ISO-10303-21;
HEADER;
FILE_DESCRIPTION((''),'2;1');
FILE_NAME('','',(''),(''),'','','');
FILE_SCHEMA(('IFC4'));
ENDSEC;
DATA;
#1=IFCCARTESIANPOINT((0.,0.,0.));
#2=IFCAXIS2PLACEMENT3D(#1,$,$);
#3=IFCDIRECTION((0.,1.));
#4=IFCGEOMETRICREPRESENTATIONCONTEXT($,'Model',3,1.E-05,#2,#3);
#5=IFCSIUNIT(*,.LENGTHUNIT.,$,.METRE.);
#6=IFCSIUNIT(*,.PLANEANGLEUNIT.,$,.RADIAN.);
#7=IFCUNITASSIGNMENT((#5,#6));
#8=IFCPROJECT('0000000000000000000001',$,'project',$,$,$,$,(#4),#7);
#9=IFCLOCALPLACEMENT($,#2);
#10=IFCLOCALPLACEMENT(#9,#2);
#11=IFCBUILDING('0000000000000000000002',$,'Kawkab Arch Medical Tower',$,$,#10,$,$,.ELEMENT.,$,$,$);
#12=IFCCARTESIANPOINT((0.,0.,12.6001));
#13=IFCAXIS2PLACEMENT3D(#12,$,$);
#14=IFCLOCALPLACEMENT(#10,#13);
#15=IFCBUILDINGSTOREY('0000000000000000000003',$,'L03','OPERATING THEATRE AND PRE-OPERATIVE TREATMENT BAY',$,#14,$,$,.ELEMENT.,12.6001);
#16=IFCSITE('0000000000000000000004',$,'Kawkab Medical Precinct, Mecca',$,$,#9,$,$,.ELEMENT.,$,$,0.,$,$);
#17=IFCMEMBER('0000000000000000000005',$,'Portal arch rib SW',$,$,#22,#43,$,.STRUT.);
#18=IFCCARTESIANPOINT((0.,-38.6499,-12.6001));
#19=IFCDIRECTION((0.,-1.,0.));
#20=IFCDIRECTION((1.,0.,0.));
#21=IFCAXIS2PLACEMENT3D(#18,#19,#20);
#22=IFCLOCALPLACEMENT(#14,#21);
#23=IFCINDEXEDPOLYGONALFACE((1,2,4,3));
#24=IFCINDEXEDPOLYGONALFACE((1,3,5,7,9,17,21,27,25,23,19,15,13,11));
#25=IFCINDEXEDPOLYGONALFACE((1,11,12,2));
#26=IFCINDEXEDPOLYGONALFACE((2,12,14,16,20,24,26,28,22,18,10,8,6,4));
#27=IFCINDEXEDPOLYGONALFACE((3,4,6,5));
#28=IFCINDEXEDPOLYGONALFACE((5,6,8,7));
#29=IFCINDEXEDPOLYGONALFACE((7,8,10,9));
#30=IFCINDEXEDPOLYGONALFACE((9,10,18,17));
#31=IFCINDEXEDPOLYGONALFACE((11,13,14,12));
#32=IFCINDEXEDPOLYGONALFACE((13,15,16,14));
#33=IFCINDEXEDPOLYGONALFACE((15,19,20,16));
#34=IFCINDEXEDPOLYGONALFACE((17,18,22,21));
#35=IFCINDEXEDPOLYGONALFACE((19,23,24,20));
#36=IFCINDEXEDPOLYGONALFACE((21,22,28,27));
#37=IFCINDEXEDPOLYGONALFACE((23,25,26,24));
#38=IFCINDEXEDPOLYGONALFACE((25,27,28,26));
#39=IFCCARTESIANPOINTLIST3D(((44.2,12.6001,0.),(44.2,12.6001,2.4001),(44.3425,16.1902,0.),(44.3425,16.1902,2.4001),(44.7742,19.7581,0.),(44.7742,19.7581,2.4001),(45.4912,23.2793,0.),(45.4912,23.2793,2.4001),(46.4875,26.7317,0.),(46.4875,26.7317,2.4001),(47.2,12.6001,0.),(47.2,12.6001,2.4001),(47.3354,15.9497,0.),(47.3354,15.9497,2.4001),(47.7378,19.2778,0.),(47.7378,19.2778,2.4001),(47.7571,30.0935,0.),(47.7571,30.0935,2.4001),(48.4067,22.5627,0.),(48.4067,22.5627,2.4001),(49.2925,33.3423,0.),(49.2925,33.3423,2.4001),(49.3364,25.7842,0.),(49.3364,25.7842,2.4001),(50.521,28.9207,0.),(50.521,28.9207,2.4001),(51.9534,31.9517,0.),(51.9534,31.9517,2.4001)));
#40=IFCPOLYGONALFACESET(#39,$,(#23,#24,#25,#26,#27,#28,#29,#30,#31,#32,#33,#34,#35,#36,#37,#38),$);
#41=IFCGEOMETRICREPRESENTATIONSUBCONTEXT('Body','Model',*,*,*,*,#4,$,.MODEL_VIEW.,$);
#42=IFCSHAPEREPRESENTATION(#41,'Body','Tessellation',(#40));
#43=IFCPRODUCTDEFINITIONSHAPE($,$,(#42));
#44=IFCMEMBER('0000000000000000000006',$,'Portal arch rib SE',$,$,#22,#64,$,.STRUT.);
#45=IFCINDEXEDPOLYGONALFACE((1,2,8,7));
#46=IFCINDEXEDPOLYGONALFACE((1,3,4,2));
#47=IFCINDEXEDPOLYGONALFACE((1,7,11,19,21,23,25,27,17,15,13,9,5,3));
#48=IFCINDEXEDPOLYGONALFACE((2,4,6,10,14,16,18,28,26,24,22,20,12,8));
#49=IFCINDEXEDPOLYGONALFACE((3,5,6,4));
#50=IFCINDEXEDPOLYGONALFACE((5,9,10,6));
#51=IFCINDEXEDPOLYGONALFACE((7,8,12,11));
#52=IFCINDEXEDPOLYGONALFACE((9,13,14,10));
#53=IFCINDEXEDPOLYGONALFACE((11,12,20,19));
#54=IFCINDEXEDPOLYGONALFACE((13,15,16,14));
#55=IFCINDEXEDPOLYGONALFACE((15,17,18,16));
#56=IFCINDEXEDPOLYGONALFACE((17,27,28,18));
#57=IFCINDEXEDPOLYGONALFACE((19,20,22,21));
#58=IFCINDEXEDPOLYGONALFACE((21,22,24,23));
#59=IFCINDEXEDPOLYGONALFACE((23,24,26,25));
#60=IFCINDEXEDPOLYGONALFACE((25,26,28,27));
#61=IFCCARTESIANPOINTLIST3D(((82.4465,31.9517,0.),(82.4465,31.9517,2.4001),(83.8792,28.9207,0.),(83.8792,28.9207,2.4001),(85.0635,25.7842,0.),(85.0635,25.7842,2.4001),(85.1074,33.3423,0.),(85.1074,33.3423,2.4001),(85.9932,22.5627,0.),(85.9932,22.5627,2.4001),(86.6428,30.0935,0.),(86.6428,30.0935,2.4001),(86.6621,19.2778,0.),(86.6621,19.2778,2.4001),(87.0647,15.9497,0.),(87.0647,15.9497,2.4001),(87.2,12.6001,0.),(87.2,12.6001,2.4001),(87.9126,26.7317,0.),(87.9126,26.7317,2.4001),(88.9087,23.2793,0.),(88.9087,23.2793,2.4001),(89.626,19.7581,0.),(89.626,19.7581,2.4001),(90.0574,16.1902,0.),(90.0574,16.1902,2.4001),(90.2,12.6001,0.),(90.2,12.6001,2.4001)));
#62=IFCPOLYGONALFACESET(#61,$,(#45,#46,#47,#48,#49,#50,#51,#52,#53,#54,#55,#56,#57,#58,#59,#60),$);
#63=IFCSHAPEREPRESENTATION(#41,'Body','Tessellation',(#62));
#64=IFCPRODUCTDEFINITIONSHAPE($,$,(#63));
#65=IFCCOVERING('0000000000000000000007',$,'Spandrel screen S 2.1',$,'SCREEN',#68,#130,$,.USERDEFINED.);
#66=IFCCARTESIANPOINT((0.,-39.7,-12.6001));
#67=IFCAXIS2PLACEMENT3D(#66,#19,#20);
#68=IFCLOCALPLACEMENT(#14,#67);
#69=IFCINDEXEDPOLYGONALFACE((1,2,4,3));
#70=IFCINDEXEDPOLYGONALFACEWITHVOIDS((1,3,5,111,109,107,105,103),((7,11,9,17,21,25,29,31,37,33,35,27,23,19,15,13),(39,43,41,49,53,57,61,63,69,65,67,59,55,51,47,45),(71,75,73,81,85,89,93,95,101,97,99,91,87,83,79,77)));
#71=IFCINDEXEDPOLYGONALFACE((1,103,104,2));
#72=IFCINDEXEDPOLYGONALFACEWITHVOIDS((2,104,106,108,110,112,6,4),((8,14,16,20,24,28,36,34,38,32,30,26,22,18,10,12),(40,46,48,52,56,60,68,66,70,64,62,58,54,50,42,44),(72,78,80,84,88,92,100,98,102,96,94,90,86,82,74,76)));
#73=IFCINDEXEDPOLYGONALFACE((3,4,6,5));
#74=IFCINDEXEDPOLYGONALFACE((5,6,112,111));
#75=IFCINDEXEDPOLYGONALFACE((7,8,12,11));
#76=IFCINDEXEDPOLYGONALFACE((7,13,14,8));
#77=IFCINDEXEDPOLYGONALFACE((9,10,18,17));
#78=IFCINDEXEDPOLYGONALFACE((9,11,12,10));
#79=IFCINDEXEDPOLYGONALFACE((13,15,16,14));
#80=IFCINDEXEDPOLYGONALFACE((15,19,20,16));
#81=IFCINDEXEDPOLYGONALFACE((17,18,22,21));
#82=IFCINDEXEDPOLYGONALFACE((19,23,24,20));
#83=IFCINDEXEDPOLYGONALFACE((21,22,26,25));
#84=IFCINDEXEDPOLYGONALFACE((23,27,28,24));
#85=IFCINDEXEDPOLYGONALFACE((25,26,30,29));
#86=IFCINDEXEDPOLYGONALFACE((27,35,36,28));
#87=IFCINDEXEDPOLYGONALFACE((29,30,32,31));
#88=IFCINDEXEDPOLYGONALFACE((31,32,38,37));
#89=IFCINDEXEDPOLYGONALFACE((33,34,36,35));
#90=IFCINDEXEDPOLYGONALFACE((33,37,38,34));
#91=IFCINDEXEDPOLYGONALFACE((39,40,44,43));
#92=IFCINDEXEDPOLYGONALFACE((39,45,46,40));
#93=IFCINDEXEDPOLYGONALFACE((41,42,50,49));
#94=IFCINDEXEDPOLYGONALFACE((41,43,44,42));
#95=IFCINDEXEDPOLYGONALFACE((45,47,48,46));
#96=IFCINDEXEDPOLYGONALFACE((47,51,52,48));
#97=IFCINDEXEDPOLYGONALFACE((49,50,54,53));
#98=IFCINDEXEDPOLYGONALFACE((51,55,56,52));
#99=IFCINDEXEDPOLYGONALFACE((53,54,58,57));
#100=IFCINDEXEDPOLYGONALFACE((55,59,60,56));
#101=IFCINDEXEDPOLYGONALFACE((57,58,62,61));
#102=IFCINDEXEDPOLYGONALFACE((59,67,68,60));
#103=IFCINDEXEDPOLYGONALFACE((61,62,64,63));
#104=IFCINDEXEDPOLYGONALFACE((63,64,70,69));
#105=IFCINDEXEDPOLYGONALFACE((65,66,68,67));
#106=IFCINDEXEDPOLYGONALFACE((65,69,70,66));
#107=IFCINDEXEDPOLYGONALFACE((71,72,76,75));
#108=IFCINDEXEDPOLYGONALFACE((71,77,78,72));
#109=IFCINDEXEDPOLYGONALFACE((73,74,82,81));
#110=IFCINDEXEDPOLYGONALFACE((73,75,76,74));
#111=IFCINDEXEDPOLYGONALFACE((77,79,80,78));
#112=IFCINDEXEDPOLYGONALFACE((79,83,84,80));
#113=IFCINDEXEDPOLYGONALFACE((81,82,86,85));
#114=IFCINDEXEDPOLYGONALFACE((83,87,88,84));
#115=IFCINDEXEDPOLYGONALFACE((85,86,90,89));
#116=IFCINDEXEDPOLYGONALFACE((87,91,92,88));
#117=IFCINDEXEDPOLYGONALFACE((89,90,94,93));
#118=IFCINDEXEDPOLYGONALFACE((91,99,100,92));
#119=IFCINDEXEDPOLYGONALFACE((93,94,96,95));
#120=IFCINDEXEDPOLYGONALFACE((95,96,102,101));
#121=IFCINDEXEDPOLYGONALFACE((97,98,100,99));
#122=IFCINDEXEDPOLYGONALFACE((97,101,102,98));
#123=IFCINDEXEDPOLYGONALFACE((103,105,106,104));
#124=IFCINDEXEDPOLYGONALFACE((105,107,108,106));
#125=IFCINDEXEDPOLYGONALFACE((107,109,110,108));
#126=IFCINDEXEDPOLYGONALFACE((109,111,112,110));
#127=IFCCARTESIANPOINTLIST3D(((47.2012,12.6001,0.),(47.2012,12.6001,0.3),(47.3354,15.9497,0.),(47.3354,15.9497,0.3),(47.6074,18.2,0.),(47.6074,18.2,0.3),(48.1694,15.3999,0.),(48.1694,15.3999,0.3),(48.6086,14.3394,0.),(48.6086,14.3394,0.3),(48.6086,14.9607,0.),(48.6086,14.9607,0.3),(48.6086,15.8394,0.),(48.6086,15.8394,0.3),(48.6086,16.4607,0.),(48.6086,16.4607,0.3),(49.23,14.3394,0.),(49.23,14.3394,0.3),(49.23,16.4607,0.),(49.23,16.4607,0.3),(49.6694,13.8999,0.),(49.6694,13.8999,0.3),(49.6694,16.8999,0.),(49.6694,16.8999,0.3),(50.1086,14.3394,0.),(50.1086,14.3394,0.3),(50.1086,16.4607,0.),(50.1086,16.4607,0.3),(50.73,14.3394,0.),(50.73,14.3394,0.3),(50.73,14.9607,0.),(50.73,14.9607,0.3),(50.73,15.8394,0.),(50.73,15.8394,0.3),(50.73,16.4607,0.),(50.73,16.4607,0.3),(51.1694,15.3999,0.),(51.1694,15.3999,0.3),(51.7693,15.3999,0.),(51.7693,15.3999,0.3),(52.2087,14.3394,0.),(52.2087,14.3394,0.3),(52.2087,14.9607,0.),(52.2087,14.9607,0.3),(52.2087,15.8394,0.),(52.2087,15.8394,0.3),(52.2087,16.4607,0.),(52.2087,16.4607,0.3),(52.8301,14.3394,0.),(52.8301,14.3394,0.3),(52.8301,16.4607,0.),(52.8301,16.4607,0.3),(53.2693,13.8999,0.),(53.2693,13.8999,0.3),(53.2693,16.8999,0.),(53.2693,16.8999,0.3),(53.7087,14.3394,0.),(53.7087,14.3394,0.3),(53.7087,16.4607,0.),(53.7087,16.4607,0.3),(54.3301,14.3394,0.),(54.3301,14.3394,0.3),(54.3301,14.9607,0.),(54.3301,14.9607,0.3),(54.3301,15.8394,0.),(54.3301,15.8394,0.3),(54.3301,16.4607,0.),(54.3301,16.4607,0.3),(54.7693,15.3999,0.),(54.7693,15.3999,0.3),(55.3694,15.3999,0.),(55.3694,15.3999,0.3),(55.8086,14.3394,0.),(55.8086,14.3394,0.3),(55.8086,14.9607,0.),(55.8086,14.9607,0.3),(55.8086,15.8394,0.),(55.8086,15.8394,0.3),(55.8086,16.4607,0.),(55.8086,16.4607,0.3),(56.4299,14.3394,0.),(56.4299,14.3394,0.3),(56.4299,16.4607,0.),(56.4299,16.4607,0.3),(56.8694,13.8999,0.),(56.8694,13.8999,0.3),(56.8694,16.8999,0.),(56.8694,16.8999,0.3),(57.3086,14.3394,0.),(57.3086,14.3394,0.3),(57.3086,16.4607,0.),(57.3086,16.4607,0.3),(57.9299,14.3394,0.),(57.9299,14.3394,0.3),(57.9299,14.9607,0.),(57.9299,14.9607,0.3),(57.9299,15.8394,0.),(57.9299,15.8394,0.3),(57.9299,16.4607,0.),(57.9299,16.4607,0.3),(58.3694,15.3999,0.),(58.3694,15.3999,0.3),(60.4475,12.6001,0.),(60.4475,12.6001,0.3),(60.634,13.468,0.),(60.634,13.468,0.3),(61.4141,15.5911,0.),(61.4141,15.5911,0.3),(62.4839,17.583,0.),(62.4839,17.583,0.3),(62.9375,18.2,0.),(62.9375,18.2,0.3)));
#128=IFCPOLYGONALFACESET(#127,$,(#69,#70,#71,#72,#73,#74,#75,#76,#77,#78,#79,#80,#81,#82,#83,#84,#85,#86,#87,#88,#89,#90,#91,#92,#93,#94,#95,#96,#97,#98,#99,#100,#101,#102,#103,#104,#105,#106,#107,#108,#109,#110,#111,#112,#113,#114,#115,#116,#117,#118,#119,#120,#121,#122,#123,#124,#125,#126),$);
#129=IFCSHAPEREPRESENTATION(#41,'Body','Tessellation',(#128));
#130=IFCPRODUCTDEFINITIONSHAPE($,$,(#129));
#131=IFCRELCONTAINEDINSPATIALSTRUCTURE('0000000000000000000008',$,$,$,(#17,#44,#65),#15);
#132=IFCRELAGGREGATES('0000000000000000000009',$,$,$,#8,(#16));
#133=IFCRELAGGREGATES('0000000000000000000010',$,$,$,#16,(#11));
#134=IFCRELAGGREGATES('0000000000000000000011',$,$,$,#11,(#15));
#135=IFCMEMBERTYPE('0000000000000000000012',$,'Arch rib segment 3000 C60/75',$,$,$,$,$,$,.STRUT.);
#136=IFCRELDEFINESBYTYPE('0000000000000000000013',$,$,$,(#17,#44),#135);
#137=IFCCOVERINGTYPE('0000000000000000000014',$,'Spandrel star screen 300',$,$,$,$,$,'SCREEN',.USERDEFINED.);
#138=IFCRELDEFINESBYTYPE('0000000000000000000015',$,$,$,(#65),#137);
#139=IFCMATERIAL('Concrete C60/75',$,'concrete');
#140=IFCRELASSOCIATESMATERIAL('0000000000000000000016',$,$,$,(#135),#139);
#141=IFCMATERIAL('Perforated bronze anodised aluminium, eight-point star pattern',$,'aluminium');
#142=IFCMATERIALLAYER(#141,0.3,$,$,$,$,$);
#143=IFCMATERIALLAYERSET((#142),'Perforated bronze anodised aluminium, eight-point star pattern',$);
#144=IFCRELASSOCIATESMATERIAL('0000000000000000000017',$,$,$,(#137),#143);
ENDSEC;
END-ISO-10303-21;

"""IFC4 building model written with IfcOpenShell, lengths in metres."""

from ifc_helpers import new_model, si_unit, direction, frame, origin, place, context, subcontext, project, spatial, polyline, outline, extrude, material, layer, layer_set, type_object, element, save


model = new_model("IFC4")

# Units and contexts
model_context = context("Model", 3, precision=1e-05, world=origin(), true_north=direction((0.0, 1.0)))
body_context = subcontext(model_context, "Body", "Model", "MODEL_VIEW")
ifc_project = project(units=[si_unit("LENGTHUNIT", "METRE"), si_unit("PLANEANGLEUNIT", "RADIAN")], contexts=[model_context])

# Site, building, storey
site_placement = place(None, origin())
site = spatial("IfcSite", under=ifc_project, at=site_placement, Name="Kawkab Medical Precinct, Mecca", CompositionType="ELEMENT", RefElevation=0.0)
building_placement = place(site_placement, origin())
building = spatial("IfcBuilding", under=site, at=building_placement, Name="Kawkab Arch Medical Tower", CompositionType="ELEMENT")
storey_placement = place(building_placement, frame((0.0, 0.0, 12.6001)))
storey = spatial("IfcBuildingStorey", under=building, at=storey_placement, Name="L03", Description="OPERATING THEATRE AND PRE-OPERATIVE TREATMENT BAY", CompositionType="ELEMENT", Elevation=12.6001)

# Members
ifc_material_1 = material(Name="Concrete C60/75", Category="concrete")
member_type = type_object("IfcMemberType", Name="Arch rib segment 3000 C60/75", PredefinedType="STRUT", material=ifc_material_1)
placement_1 = place(storey_placement, frame((0.0, -38.6499, -12.6001), z_axis=(0.0, -1.0, 0.0), x_axis=(1.0, 0.0, 0.0)))
element("IfcMember", 1, at=placement_1, inside=storey, type_object=member_type, Name="Portal arch rib SW", PredefinedType="STRUT", context=body_context, shape_type="SweptSolid", body=[
    extrude(outline(polyline([(47.2, 12.6001), (47.3354, 15.9497), (47.7378, 19.2778), (48.4067, 22.5627), (49.3364, 25.7842), (50.521, 28.9207), (51.9534, 31.9517), (49.2925, 33.3423), (47.7571, 30.0935), (46.4875, 26.7317), (45.4912, 23.2793), (44.7742, 19.7581), (44.3425, 16.1902), (44.2, 12.6001), (47.2, 12.6001)])), origin(), (0.0, 0.0, 1.0), 2.4001),
])
element("IfcMember", 2, at=placement_1, inside=storey, type_object=member_type, Name="Portal arch rib SE", PredefinedType="STRUT", context=body_context, shape_type="SweptSolid", body=[
    extrude(outline(polyline([(82.4465, 31.9517), (83.8792, 28.9207), (85.0635, 25.7842), (85.9932, 22.5627), (86.6621, 19.2778), (87.0647, 15.9497), (87.2, 12.6001), (90.2, 12.6001), (90.0574, 16.1902), (89.626, 19.7581), (88.9087, 23.2793), (87.9126, 26.7317), (86.6428, 30.0935), (85.1074, 33.3423), (82.4465, 31.9517)])), origin(), (0.0, 0.0, 1.0), 2.4001),
])

# Covering
ifc_material_2 = material(Name="Perforated bronze anodised aluminium, eight-point star pattern", Category="aluminium")
ifc_layer_1 = layer(ifc_material_2, 0.3)
ifc_layer_set_1 = layer_set([ifc_layer_1], Name="Perforated bronze anodised aluminium, eight-point star pattern")
covering_type = type_object("IfcCoveringType", Name="Spandrel star screen 300", ElementType="SCREEN", PredefinedType="USERDEFINED", material=ifc_layer_set_1)
placement_2 = place(storey_placement, frame((0.0, -39.7, -12.6001), z_axis=(0.0, -1.0, 0.0), x_axis=(1.0, 0.0, 0.0)))
element("IfcCovering", 3, at=placement_2, inside=storey, type_object=covering_type, Name="Spandrel screen S 2.1", ObjectType="SCREEN", PredefinedType="USERDEFINED", context=body_context, shape_type="SweptSolid", body=[
    extrude(outline(polyline([(47.2012, 12.6001), (60.4475, 12.6001), (60.634, 13.468), (61.4141, 15.5911), (62.4839, 17.583), (62.9375, 18.2), (47.6074, 18.2), (47.3354, 15.9497), (47.2012, 12.6001)]), holes=[polyline([(51.1694, 15.3999), (50.73, 15.8394), (50.73, 16.4607), (50.1086, 16.4607), (49.6694, 16.8999), (49.23, 16.4607), (48.6086, 16.4607), (48.6086, 15.8394), (48.1694, 15.3999), (48.6086, 14.9607), (48.6086, 14.3394), (49.23, 14.3394), (49.6694, 13.8999), (50.1086, 14.3394), (50.73, 14.3394), (50.73, 14.9607), (51.1694, 15.3999)]), polyline([(54.7693, 15.3999), (54.3301, 15.8394), (54.3301, 16.4607), (53.7087, 16.4607), (53.2693, 16.8999), (52.8301, 16.4607), (52.2087, 16.4607), (52.2087, 15.8394), (51.7693, 15.3999), (52.2087, 14.9607), (52.2087, 14.3394), (52.8301, 14.3394), (53.2693, 13.8999), (53.7087, 14.3394), (54.3301, 14.3394), (54.3301, 14.9607), (54.7693, 15.3999)]), polyline([(58.3694, 15.3999), (57.9299, 15.8394), (57.9299, 16.4607), (57.3086, 16.4607), (56.8694, 16.8999), (56.4299, 16.4607), (55.8086, 16.4607), (55.8086, 15.8394), (55.3694, 15.3999), (55.8086, 14.9607), (55.8086, 14.3394), (56.4299, 14.3394), (56.8694, 13.8999), (57.3086, 14.3394), (57.9299, 14.3394), (57.9299, 14.9607), (58.3694, 15.3999)])]), origin(), (0.0, 0.0, 1.0), 0.3),
])

save(model, "model.ifc")
